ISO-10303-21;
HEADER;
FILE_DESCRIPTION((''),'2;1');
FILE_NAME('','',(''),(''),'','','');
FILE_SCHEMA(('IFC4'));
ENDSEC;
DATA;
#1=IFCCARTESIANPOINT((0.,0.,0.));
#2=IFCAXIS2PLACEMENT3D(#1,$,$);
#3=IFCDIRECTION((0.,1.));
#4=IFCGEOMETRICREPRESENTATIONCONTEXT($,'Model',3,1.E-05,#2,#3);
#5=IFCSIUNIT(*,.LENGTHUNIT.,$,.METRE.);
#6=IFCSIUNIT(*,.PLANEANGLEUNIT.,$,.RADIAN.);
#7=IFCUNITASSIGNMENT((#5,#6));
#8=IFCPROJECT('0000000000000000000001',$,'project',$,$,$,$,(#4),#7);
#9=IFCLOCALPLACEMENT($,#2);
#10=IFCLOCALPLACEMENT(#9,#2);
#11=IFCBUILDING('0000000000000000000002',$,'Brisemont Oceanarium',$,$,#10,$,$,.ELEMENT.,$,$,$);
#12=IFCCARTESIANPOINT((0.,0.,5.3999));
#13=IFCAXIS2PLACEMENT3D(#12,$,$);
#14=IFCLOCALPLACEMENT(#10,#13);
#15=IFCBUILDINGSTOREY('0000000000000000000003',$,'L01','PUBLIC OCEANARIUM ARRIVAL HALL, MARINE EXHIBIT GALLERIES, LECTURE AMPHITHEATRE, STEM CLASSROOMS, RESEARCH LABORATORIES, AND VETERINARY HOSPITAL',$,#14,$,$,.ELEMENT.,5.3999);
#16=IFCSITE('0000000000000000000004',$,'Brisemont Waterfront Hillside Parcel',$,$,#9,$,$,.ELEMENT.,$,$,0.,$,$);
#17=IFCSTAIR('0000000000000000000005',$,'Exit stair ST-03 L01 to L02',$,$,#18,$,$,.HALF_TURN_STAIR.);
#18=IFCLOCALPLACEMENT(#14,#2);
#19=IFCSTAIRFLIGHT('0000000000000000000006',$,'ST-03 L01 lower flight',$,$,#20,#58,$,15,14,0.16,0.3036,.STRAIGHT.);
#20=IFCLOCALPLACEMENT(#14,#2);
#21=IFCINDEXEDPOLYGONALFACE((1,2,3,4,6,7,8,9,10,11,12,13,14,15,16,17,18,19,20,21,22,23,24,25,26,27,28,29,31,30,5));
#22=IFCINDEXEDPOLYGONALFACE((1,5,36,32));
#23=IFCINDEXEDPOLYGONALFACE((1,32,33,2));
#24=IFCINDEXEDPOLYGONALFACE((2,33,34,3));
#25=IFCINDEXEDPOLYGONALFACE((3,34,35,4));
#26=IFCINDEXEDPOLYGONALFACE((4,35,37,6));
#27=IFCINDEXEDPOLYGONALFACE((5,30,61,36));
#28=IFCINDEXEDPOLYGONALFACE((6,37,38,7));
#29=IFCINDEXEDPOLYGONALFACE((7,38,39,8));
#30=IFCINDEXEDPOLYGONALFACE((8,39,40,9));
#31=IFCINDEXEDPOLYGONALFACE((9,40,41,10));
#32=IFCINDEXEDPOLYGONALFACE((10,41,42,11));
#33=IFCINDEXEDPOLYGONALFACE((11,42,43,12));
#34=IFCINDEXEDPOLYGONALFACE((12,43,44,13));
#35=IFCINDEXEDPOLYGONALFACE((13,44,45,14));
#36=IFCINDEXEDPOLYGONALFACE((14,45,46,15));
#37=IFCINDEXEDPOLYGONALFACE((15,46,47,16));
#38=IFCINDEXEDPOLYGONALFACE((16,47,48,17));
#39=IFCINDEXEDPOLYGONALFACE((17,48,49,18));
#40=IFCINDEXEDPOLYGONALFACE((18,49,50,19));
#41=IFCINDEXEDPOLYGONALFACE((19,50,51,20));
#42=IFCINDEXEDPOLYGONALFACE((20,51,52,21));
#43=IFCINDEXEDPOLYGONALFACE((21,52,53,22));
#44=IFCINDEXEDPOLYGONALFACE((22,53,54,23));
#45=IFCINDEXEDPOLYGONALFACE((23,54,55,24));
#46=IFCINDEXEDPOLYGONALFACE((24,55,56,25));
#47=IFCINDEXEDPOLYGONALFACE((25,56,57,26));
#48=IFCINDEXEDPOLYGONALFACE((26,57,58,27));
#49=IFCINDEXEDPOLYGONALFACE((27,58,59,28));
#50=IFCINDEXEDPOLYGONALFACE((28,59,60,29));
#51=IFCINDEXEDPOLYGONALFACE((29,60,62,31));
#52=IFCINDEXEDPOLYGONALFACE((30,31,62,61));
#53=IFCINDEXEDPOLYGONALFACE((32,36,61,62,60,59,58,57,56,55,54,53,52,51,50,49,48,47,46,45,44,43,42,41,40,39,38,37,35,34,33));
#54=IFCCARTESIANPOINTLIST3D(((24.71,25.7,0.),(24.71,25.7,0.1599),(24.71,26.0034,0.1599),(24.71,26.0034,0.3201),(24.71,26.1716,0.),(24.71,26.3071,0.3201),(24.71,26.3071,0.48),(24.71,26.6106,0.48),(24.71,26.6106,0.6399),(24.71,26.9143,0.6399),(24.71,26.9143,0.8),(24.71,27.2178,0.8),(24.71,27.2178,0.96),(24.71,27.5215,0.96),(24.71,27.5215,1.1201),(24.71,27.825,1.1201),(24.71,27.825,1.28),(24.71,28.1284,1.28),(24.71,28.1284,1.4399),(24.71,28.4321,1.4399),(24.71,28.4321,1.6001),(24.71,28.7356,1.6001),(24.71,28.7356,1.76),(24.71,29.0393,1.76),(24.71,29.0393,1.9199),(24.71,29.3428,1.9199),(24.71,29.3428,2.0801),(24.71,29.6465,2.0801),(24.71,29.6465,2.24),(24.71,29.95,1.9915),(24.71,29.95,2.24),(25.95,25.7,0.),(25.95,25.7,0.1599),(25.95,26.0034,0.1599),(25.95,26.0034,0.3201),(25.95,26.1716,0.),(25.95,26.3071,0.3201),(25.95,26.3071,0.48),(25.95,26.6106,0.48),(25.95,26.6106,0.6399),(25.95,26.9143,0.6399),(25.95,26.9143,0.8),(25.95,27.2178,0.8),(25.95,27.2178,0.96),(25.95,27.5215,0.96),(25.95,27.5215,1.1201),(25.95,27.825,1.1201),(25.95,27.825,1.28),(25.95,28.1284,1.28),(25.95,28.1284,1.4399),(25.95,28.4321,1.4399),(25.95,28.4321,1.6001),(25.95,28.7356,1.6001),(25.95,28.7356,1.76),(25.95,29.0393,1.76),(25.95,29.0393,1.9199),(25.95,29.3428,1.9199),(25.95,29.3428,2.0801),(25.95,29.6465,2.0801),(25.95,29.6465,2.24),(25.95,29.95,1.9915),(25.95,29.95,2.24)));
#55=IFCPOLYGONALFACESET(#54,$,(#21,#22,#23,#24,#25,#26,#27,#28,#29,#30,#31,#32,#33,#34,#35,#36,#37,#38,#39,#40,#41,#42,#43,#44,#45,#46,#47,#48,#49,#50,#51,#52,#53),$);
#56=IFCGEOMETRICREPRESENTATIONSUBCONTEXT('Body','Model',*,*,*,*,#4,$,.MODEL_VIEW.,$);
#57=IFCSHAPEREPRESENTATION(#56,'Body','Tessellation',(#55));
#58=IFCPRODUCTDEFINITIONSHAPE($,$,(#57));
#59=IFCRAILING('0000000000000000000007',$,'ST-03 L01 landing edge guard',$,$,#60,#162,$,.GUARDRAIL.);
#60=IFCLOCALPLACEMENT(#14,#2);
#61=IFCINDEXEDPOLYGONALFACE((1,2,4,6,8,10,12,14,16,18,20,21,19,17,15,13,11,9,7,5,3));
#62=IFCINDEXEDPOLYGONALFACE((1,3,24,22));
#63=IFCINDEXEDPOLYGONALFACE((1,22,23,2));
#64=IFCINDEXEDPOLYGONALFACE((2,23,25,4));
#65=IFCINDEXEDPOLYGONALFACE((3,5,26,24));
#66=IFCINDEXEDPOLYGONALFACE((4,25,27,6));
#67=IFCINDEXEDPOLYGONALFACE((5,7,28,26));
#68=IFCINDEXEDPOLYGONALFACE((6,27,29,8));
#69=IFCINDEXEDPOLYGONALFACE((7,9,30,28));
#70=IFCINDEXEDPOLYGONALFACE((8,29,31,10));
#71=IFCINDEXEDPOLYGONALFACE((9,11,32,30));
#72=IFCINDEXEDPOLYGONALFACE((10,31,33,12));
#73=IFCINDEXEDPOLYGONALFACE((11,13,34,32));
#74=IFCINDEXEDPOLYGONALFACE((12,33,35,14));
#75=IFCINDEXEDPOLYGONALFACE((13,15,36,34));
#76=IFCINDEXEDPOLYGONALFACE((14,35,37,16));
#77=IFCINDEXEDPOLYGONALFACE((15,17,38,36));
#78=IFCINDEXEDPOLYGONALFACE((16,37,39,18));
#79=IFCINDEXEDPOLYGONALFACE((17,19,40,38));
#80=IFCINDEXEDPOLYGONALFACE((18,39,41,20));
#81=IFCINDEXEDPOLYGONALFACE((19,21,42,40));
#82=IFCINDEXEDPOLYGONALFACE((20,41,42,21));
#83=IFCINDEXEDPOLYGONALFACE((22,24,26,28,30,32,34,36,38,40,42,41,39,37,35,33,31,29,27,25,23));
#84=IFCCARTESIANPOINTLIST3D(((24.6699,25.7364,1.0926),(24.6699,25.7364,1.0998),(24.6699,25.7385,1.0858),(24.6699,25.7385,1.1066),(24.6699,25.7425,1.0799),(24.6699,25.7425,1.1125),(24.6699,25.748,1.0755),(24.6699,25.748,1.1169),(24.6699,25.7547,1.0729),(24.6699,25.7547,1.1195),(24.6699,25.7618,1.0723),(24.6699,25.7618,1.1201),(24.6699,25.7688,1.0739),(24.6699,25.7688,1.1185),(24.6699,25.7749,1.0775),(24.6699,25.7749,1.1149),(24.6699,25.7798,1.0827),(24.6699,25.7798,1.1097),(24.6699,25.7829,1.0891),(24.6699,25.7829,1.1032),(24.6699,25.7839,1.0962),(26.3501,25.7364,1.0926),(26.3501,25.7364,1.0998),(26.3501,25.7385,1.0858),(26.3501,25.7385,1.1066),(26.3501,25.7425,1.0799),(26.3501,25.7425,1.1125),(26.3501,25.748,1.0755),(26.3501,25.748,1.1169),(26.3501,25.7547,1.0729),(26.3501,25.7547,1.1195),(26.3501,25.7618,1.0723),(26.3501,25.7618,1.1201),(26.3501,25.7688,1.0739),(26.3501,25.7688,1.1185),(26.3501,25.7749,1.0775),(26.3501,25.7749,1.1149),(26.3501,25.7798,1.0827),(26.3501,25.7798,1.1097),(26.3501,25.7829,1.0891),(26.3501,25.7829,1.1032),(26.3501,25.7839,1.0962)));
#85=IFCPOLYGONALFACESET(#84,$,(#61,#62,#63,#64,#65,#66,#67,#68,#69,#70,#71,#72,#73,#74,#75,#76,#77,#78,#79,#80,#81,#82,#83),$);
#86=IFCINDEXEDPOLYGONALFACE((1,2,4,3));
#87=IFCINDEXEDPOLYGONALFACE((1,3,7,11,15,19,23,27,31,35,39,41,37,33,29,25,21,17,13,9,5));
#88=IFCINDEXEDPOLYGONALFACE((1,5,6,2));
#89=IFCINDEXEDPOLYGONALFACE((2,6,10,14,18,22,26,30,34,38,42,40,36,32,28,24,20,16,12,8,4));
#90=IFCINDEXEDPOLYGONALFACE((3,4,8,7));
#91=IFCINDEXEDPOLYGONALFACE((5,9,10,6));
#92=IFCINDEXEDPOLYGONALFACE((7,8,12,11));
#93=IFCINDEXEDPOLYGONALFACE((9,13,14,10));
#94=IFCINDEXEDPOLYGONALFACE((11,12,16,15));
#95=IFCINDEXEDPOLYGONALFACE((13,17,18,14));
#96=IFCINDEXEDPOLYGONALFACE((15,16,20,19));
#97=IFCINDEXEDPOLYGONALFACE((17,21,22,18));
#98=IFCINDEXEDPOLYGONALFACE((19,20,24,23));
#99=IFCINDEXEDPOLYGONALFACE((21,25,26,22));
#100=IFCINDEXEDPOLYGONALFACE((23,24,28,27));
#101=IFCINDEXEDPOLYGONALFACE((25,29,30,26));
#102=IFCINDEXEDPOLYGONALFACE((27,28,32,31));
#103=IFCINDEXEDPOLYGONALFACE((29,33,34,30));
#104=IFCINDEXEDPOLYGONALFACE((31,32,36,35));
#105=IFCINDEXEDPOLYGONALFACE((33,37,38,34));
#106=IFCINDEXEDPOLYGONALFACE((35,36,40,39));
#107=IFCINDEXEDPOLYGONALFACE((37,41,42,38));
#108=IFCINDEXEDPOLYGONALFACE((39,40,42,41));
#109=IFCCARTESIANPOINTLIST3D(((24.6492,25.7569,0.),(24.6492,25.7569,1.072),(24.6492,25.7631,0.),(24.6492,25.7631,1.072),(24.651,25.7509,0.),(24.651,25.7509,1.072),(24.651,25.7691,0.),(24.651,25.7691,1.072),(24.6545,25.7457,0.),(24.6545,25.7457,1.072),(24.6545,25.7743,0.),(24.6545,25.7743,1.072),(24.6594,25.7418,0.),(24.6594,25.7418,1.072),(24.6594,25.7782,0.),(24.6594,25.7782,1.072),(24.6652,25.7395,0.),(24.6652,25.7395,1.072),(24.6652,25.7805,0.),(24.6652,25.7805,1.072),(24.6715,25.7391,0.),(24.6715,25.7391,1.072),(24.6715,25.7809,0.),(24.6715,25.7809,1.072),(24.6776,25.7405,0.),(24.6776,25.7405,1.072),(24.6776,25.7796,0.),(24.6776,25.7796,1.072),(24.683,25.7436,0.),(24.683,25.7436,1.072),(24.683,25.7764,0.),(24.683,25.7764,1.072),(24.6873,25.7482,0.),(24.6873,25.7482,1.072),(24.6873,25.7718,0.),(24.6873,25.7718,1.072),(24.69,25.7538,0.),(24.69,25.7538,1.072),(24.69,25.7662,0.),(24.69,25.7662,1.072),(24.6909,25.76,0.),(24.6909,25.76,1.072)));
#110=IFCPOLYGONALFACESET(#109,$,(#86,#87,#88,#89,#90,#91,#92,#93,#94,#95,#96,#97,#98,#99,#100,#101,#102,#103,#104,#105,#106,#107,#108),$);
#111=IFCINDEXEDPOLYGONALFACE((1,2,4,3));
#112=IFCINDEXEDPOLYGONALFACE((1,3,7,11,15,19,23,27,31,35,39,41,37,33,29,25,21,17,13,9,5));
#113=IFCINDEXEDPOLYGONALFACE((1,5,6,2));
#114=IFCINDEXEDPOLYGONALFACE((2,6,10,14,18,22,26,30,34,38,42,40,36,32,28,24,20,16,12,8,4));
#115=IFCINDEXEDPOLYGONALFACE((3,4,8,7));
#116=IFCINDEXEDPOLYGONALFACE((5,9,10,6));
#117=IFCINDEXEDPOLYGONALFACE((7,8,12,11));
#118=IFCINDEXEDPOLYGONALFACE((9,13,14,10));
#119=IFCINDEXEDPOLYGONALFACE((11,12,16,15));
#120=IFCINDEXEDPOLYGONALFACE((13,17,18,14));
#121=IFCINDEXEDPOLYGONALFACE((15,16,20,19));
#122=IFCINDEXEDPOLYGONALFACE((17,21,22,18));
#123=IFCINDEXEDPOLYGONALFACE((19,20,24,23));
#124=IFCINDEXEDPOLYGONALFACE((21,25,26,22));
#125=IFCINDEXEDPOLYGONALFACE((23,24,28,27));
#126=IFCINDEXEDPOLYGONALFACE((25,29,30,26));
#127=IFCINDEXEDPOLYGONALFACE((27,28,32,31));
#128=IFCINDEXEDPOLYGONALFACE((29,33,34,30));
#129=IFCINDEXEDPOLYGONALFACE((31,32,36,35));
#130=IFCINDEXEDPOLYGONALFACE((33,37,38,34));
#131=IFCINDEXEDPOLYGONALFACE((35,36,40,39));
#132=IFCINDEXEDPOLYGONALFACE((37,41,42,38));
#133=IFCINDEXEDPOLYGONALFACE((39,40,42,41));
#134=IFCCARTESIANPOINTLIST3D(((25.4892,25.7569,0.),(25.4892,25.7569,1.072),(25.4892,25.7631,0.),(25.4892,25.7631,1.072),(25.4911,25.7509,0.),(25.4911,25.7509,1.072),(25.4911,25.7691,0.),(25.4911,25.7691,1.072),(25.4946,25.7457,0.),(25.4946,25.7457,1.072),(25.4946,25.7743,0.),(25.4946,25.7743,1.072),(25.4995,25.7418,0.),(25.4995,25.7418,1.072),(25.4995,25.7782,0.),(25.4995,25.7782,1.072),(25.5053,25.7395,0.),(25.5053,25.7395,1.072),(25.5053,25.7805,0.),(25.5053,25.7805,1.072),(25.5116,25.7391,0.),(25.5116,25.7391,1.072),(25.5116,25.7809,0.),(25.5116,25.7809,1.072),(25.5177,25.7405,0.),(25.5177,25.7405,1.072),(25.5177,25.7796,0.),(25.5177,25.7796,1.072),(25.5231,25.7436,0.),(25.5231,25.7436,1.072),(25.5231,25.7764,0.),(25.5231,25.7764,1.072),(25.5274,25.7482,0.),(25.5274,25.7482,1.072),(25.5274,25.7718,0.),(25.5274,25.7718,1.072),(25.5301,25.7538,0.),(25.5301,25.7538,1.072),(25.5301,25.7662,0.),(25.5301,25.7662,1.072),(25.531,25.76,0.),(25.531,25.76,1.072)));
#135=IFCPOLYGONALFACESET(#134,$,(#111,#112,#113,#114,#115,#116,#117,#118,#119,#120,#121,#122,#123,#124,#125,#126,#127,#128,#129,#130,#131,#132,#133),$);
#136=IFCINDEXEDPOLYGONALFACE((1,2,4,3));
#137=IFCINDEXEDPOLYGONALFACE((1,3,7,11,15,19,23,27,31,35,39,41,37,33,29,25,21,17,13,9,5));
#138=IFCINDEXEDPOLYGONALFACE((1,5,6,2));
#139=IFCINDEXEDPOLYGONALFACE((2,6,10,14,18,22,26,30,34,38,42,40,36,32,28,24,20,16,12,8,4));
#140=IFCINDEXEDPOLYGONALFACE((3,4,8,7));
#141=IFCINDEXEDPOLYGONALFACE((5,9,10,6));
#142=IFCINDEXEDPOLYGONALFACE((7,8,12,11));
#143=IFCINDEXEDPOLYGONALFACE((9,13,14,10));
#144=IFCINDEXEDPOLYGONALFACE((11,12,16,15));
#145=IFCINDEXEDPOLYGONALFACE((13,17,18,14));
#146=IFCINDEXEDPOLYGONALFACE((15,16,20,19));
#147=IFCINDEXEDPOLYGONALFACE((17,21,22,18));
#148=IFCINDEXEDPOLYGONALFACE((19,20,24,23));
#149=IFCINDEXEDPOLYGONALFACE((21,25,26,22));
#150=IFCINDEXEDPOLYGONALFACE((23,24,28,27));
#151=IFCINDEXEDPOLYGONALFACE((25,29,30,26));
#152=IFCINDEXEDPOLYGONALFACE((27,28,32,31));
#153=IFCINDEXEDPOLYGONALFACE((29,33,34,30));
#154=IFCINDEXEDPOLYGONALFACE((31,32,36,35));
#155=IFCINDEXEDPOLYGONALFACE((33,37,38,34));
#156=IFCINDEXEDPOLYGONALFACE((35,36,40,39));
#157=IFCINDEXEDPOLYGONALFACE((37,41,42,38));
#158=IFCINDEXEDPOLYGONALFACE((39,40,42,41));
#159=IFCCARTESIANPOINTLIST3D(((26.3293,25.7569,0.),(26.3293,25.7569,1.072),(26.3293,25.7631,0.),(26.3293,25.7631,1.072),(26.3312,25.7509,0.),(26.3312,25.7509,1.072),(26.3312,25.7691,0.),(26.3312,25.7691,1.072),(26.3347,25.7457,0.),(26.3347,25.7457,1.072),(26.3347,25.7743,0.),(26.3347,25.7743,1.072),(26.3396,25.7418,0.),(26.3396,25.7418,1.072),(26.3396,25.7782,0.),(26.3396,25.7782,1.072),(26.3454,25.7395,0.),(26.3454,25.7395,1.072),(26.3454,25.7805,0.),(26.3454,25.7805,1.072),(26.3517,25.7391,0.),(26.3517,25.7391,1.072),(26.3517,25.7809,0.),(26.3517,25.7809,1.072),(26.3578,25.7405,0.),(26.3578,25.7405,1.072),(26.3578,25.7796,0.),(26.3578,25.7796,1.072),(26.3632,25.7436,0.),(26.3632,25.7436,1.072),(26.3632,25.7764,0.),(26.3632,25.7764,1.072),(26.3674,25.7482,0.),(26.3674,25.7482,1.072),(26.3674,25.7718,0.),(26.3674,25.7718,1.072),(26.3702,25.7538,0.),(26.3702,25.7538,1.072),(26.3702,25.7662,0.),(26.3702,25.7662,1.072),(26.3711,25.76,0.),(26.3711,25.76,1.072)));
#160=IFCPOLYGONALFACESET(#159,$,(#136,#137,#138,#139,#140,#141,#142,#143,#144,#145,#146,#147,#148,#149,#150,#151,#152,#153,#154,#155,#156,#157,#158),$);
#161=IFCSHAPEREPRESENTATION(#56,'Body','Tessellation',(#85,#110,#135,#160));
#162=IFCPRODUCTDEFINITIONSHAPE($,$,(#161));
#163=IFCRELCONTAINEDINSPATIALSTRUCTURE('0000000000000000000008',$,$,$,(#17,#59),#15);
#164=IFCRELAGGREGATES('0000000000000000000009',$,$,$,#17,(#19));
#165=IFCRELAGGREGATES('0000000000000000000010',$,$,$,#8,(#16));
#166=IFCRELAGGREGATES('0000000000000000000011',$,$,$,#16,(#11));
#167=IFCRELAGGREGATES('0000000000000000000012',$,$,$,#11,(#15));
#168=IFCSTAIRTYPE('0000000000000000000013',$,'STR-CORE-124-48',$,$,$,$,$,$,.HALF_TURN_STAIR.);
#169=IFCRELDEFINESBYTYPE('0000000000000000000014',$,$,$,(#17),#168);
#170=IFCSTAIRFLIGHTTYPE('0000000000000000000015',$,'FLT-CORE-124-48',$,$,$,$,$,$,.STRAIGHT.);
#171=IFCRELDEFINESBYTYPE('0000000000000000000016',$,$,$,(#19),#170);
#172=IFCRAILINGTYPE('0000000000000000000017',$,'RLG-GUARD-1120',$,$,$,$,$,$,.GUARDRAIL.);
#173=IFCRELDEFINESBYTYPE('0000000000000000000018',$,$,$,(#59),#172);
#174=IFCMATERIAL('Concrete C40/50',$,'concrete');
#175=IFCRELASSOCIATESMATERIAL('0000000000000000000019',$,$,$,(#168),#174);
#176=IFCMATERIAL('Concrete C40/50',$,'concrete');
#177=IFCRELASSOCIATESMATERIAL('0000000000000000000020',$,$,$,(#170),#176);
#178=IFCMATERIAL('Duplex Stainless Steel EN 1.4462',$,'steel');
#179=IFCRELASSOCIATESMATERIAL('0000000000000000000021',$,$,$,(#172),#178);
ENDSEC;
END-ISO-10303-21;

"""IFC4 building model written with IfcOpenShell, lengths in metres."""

from ifc_helpers import new_model, si_unit, direction, frame, origin, origin_2d, place, context, subcontext, project, spatial, polyline, circle, outline, extrude, material, type_object, element, aggregate, save


model = new_model("IFC4")

# Units and contexts
model_context = context("Model", 3, precision=1e-05, world=origin(), true_north=direction((0.0, 1.0)))
body_context = subcontext(model_context, "Body", "Model", "MODEL_VIEW")
ifc_project = project(units=[si_unit("LENGTHUNIT", "METRE"), si_unit("PLANEANGLEUNIT", "RADIAN")], contexts=[model_context])

# Site, building, storey
site_placement = place(None, origin())
site = spatial("IfcSite", under=ifc_project, at=site_placement, Name="Brisemont Waterfront Hillside Parcel", CompositionType="ELEMENT", RefElevation=0.0)
building_placement = place(site_placement, origin())
building = spatial("IfcBuilding", under=site, at=building_placement, Name="Brisemont Oceanarium", CompositionType="ELEMENT")
storey_placement = place(building_placement, frame((0.0, 0.0, 5.3999)))
storey = spatial("IfcBuildingStorey", under=building, at=storey_placement, Name="L01", Description="PUBLIC OCEANARIUM ARRIVAL HALL, MARINE EXHIBIT GALLERIES, LECTURE AMPHITHEATRE, STEM CLASSROOMS, RESEARCH LABORATORIES, AND VETERINARY HOSPITAL", CompositionType="ELEMENT", Elevation=5.3999)

# Stair, stair flight
ifc_material_1 = material(Name="Concrete C40/50", Category="concrete")
stair_type = type_object("IfcStairType", Name="STR-CORE-124-48", PredefinedType="HALF_TURN_STAIR", material=ifc_material_1)
stair_placement = place(storey_placement, origin())
stair = element("IfcStair", 1, at=stair_placement, inside=storey, type_object=stair_type, Name="Exit stair ST-03 L01 to L02", PredefinedType="HALF_TURN_STAIR")
ifc_material_2 = material(Name="Concrete C40/50", Category="concrete")
stair_flight_type = type_object("IfcStairFlightType", Name="FLT-CORE-124-48", PredefinedType="STRAIGHT", material=ifc_material_2)
stair_flight_placement = place(storey_placement, frame((25.3301, 25.7, 0.0), z_axis=(0.0, 0.0, 1.0), x_axis=(0.0, 1.0, 0.0)))
stair_flight = element("IfcStairFlight", 2, at=stair_flight_placement, type_object=stair_flight_type, Name="ST-03 L01 lower flight", NumberOfRisers=15, NumberOfTreads=14, PredefinedType="STRAIGHT", RiserHeight=0.16, TreadLength=0.3036, context=body_context, shape_type="SweptSolid", body=[
    extrude(outline(polyline([(0.0, 0.0), (0.0, 0.1599), (0.3035, 0.1599), (0.3035, 0.3201), (0.6072, 0.3201), (0.6072, 0.48), (0.9106, 0.48), (0.9106, 0.6399), (1.2144, 0.6399), (1.2144, 0.8), (1.5178, 0.8), (1.5178, 0.96), (1.8215, 0.96), (1.8215, 1.1201), (2.125, 1.1201), (2.125, 1.28), (2.4285, 1.28), (2.4285, 1.4399), (2.7322, 1.4399), (2.7322, 1.6001), (3.0356, 1.6001), (3.0356, 1.76), (3.3394, 1.76), (3.3394, 1.9199), (3.6428, 1.9199), (3.6428, 2.0801), (3.9465, 2.0801), (3.9465, 2.24), (4.25, 2.24), (4.25, 2.3999), (4.25, 1.9915), (0.4717, 0.0), (0.0, 0.0)])), frame((0.0, 0.6201, 0.0), z_axis=(0.0, -1.0, 0.0), x_axis=(1.0, 0.0, 0.0)), (0.0, 0.0, 1.0), 1.24),
])
aggregate(stair, [stair_flight])

# Railing
ifc_material_3 = material(Name="Duplex Stainless Steel EN 1.4462", Category="steel")
railing_type_1 = type_object("IfcRailingType", Name="RLG-GUARD-1120", PredefinedType="GUARDRAIL", material=ifc_material_3)
railing_1_placement = place(storey_placement, frame((24.6699, 25.76, 0.0)))
element("IfcRailing", 3, at=railing_1_placement, inside=storey, type_object=railing_type_1, Name="ST-03 L01 landing edge guard", PredefinedType="GUARDRAIL", context=body_context, shape_type="SweptSolid", body=[
    extrude(circle(Radius=0.0239, at=origin_2d()), frame((0.0, 0.0, 1.0962), z_axis=(1.0, 0.0, 0.0), x_axis=(0.0, 1.0, 0.0)), (0.0, 0.0, 1.0), 1.6802),
    extrude(circle(Radius=0.021, at=origin_2d()), origin(), (0.0, 0.0, 1.0), 1.072),
    extrude(circle(Radius=0.021, at=origin_2d()), frame((0.8401, 0.0, 0.0)), (0.0, 0.0, 1.0), 1.072),
    extrude(circle(Radius=0.021, at=origin_2d()), frame((1.6802, 0.0, 0.0)), (0.0, 0.0, 1.0), 1.072),
])

save(model, "model.ifc")
